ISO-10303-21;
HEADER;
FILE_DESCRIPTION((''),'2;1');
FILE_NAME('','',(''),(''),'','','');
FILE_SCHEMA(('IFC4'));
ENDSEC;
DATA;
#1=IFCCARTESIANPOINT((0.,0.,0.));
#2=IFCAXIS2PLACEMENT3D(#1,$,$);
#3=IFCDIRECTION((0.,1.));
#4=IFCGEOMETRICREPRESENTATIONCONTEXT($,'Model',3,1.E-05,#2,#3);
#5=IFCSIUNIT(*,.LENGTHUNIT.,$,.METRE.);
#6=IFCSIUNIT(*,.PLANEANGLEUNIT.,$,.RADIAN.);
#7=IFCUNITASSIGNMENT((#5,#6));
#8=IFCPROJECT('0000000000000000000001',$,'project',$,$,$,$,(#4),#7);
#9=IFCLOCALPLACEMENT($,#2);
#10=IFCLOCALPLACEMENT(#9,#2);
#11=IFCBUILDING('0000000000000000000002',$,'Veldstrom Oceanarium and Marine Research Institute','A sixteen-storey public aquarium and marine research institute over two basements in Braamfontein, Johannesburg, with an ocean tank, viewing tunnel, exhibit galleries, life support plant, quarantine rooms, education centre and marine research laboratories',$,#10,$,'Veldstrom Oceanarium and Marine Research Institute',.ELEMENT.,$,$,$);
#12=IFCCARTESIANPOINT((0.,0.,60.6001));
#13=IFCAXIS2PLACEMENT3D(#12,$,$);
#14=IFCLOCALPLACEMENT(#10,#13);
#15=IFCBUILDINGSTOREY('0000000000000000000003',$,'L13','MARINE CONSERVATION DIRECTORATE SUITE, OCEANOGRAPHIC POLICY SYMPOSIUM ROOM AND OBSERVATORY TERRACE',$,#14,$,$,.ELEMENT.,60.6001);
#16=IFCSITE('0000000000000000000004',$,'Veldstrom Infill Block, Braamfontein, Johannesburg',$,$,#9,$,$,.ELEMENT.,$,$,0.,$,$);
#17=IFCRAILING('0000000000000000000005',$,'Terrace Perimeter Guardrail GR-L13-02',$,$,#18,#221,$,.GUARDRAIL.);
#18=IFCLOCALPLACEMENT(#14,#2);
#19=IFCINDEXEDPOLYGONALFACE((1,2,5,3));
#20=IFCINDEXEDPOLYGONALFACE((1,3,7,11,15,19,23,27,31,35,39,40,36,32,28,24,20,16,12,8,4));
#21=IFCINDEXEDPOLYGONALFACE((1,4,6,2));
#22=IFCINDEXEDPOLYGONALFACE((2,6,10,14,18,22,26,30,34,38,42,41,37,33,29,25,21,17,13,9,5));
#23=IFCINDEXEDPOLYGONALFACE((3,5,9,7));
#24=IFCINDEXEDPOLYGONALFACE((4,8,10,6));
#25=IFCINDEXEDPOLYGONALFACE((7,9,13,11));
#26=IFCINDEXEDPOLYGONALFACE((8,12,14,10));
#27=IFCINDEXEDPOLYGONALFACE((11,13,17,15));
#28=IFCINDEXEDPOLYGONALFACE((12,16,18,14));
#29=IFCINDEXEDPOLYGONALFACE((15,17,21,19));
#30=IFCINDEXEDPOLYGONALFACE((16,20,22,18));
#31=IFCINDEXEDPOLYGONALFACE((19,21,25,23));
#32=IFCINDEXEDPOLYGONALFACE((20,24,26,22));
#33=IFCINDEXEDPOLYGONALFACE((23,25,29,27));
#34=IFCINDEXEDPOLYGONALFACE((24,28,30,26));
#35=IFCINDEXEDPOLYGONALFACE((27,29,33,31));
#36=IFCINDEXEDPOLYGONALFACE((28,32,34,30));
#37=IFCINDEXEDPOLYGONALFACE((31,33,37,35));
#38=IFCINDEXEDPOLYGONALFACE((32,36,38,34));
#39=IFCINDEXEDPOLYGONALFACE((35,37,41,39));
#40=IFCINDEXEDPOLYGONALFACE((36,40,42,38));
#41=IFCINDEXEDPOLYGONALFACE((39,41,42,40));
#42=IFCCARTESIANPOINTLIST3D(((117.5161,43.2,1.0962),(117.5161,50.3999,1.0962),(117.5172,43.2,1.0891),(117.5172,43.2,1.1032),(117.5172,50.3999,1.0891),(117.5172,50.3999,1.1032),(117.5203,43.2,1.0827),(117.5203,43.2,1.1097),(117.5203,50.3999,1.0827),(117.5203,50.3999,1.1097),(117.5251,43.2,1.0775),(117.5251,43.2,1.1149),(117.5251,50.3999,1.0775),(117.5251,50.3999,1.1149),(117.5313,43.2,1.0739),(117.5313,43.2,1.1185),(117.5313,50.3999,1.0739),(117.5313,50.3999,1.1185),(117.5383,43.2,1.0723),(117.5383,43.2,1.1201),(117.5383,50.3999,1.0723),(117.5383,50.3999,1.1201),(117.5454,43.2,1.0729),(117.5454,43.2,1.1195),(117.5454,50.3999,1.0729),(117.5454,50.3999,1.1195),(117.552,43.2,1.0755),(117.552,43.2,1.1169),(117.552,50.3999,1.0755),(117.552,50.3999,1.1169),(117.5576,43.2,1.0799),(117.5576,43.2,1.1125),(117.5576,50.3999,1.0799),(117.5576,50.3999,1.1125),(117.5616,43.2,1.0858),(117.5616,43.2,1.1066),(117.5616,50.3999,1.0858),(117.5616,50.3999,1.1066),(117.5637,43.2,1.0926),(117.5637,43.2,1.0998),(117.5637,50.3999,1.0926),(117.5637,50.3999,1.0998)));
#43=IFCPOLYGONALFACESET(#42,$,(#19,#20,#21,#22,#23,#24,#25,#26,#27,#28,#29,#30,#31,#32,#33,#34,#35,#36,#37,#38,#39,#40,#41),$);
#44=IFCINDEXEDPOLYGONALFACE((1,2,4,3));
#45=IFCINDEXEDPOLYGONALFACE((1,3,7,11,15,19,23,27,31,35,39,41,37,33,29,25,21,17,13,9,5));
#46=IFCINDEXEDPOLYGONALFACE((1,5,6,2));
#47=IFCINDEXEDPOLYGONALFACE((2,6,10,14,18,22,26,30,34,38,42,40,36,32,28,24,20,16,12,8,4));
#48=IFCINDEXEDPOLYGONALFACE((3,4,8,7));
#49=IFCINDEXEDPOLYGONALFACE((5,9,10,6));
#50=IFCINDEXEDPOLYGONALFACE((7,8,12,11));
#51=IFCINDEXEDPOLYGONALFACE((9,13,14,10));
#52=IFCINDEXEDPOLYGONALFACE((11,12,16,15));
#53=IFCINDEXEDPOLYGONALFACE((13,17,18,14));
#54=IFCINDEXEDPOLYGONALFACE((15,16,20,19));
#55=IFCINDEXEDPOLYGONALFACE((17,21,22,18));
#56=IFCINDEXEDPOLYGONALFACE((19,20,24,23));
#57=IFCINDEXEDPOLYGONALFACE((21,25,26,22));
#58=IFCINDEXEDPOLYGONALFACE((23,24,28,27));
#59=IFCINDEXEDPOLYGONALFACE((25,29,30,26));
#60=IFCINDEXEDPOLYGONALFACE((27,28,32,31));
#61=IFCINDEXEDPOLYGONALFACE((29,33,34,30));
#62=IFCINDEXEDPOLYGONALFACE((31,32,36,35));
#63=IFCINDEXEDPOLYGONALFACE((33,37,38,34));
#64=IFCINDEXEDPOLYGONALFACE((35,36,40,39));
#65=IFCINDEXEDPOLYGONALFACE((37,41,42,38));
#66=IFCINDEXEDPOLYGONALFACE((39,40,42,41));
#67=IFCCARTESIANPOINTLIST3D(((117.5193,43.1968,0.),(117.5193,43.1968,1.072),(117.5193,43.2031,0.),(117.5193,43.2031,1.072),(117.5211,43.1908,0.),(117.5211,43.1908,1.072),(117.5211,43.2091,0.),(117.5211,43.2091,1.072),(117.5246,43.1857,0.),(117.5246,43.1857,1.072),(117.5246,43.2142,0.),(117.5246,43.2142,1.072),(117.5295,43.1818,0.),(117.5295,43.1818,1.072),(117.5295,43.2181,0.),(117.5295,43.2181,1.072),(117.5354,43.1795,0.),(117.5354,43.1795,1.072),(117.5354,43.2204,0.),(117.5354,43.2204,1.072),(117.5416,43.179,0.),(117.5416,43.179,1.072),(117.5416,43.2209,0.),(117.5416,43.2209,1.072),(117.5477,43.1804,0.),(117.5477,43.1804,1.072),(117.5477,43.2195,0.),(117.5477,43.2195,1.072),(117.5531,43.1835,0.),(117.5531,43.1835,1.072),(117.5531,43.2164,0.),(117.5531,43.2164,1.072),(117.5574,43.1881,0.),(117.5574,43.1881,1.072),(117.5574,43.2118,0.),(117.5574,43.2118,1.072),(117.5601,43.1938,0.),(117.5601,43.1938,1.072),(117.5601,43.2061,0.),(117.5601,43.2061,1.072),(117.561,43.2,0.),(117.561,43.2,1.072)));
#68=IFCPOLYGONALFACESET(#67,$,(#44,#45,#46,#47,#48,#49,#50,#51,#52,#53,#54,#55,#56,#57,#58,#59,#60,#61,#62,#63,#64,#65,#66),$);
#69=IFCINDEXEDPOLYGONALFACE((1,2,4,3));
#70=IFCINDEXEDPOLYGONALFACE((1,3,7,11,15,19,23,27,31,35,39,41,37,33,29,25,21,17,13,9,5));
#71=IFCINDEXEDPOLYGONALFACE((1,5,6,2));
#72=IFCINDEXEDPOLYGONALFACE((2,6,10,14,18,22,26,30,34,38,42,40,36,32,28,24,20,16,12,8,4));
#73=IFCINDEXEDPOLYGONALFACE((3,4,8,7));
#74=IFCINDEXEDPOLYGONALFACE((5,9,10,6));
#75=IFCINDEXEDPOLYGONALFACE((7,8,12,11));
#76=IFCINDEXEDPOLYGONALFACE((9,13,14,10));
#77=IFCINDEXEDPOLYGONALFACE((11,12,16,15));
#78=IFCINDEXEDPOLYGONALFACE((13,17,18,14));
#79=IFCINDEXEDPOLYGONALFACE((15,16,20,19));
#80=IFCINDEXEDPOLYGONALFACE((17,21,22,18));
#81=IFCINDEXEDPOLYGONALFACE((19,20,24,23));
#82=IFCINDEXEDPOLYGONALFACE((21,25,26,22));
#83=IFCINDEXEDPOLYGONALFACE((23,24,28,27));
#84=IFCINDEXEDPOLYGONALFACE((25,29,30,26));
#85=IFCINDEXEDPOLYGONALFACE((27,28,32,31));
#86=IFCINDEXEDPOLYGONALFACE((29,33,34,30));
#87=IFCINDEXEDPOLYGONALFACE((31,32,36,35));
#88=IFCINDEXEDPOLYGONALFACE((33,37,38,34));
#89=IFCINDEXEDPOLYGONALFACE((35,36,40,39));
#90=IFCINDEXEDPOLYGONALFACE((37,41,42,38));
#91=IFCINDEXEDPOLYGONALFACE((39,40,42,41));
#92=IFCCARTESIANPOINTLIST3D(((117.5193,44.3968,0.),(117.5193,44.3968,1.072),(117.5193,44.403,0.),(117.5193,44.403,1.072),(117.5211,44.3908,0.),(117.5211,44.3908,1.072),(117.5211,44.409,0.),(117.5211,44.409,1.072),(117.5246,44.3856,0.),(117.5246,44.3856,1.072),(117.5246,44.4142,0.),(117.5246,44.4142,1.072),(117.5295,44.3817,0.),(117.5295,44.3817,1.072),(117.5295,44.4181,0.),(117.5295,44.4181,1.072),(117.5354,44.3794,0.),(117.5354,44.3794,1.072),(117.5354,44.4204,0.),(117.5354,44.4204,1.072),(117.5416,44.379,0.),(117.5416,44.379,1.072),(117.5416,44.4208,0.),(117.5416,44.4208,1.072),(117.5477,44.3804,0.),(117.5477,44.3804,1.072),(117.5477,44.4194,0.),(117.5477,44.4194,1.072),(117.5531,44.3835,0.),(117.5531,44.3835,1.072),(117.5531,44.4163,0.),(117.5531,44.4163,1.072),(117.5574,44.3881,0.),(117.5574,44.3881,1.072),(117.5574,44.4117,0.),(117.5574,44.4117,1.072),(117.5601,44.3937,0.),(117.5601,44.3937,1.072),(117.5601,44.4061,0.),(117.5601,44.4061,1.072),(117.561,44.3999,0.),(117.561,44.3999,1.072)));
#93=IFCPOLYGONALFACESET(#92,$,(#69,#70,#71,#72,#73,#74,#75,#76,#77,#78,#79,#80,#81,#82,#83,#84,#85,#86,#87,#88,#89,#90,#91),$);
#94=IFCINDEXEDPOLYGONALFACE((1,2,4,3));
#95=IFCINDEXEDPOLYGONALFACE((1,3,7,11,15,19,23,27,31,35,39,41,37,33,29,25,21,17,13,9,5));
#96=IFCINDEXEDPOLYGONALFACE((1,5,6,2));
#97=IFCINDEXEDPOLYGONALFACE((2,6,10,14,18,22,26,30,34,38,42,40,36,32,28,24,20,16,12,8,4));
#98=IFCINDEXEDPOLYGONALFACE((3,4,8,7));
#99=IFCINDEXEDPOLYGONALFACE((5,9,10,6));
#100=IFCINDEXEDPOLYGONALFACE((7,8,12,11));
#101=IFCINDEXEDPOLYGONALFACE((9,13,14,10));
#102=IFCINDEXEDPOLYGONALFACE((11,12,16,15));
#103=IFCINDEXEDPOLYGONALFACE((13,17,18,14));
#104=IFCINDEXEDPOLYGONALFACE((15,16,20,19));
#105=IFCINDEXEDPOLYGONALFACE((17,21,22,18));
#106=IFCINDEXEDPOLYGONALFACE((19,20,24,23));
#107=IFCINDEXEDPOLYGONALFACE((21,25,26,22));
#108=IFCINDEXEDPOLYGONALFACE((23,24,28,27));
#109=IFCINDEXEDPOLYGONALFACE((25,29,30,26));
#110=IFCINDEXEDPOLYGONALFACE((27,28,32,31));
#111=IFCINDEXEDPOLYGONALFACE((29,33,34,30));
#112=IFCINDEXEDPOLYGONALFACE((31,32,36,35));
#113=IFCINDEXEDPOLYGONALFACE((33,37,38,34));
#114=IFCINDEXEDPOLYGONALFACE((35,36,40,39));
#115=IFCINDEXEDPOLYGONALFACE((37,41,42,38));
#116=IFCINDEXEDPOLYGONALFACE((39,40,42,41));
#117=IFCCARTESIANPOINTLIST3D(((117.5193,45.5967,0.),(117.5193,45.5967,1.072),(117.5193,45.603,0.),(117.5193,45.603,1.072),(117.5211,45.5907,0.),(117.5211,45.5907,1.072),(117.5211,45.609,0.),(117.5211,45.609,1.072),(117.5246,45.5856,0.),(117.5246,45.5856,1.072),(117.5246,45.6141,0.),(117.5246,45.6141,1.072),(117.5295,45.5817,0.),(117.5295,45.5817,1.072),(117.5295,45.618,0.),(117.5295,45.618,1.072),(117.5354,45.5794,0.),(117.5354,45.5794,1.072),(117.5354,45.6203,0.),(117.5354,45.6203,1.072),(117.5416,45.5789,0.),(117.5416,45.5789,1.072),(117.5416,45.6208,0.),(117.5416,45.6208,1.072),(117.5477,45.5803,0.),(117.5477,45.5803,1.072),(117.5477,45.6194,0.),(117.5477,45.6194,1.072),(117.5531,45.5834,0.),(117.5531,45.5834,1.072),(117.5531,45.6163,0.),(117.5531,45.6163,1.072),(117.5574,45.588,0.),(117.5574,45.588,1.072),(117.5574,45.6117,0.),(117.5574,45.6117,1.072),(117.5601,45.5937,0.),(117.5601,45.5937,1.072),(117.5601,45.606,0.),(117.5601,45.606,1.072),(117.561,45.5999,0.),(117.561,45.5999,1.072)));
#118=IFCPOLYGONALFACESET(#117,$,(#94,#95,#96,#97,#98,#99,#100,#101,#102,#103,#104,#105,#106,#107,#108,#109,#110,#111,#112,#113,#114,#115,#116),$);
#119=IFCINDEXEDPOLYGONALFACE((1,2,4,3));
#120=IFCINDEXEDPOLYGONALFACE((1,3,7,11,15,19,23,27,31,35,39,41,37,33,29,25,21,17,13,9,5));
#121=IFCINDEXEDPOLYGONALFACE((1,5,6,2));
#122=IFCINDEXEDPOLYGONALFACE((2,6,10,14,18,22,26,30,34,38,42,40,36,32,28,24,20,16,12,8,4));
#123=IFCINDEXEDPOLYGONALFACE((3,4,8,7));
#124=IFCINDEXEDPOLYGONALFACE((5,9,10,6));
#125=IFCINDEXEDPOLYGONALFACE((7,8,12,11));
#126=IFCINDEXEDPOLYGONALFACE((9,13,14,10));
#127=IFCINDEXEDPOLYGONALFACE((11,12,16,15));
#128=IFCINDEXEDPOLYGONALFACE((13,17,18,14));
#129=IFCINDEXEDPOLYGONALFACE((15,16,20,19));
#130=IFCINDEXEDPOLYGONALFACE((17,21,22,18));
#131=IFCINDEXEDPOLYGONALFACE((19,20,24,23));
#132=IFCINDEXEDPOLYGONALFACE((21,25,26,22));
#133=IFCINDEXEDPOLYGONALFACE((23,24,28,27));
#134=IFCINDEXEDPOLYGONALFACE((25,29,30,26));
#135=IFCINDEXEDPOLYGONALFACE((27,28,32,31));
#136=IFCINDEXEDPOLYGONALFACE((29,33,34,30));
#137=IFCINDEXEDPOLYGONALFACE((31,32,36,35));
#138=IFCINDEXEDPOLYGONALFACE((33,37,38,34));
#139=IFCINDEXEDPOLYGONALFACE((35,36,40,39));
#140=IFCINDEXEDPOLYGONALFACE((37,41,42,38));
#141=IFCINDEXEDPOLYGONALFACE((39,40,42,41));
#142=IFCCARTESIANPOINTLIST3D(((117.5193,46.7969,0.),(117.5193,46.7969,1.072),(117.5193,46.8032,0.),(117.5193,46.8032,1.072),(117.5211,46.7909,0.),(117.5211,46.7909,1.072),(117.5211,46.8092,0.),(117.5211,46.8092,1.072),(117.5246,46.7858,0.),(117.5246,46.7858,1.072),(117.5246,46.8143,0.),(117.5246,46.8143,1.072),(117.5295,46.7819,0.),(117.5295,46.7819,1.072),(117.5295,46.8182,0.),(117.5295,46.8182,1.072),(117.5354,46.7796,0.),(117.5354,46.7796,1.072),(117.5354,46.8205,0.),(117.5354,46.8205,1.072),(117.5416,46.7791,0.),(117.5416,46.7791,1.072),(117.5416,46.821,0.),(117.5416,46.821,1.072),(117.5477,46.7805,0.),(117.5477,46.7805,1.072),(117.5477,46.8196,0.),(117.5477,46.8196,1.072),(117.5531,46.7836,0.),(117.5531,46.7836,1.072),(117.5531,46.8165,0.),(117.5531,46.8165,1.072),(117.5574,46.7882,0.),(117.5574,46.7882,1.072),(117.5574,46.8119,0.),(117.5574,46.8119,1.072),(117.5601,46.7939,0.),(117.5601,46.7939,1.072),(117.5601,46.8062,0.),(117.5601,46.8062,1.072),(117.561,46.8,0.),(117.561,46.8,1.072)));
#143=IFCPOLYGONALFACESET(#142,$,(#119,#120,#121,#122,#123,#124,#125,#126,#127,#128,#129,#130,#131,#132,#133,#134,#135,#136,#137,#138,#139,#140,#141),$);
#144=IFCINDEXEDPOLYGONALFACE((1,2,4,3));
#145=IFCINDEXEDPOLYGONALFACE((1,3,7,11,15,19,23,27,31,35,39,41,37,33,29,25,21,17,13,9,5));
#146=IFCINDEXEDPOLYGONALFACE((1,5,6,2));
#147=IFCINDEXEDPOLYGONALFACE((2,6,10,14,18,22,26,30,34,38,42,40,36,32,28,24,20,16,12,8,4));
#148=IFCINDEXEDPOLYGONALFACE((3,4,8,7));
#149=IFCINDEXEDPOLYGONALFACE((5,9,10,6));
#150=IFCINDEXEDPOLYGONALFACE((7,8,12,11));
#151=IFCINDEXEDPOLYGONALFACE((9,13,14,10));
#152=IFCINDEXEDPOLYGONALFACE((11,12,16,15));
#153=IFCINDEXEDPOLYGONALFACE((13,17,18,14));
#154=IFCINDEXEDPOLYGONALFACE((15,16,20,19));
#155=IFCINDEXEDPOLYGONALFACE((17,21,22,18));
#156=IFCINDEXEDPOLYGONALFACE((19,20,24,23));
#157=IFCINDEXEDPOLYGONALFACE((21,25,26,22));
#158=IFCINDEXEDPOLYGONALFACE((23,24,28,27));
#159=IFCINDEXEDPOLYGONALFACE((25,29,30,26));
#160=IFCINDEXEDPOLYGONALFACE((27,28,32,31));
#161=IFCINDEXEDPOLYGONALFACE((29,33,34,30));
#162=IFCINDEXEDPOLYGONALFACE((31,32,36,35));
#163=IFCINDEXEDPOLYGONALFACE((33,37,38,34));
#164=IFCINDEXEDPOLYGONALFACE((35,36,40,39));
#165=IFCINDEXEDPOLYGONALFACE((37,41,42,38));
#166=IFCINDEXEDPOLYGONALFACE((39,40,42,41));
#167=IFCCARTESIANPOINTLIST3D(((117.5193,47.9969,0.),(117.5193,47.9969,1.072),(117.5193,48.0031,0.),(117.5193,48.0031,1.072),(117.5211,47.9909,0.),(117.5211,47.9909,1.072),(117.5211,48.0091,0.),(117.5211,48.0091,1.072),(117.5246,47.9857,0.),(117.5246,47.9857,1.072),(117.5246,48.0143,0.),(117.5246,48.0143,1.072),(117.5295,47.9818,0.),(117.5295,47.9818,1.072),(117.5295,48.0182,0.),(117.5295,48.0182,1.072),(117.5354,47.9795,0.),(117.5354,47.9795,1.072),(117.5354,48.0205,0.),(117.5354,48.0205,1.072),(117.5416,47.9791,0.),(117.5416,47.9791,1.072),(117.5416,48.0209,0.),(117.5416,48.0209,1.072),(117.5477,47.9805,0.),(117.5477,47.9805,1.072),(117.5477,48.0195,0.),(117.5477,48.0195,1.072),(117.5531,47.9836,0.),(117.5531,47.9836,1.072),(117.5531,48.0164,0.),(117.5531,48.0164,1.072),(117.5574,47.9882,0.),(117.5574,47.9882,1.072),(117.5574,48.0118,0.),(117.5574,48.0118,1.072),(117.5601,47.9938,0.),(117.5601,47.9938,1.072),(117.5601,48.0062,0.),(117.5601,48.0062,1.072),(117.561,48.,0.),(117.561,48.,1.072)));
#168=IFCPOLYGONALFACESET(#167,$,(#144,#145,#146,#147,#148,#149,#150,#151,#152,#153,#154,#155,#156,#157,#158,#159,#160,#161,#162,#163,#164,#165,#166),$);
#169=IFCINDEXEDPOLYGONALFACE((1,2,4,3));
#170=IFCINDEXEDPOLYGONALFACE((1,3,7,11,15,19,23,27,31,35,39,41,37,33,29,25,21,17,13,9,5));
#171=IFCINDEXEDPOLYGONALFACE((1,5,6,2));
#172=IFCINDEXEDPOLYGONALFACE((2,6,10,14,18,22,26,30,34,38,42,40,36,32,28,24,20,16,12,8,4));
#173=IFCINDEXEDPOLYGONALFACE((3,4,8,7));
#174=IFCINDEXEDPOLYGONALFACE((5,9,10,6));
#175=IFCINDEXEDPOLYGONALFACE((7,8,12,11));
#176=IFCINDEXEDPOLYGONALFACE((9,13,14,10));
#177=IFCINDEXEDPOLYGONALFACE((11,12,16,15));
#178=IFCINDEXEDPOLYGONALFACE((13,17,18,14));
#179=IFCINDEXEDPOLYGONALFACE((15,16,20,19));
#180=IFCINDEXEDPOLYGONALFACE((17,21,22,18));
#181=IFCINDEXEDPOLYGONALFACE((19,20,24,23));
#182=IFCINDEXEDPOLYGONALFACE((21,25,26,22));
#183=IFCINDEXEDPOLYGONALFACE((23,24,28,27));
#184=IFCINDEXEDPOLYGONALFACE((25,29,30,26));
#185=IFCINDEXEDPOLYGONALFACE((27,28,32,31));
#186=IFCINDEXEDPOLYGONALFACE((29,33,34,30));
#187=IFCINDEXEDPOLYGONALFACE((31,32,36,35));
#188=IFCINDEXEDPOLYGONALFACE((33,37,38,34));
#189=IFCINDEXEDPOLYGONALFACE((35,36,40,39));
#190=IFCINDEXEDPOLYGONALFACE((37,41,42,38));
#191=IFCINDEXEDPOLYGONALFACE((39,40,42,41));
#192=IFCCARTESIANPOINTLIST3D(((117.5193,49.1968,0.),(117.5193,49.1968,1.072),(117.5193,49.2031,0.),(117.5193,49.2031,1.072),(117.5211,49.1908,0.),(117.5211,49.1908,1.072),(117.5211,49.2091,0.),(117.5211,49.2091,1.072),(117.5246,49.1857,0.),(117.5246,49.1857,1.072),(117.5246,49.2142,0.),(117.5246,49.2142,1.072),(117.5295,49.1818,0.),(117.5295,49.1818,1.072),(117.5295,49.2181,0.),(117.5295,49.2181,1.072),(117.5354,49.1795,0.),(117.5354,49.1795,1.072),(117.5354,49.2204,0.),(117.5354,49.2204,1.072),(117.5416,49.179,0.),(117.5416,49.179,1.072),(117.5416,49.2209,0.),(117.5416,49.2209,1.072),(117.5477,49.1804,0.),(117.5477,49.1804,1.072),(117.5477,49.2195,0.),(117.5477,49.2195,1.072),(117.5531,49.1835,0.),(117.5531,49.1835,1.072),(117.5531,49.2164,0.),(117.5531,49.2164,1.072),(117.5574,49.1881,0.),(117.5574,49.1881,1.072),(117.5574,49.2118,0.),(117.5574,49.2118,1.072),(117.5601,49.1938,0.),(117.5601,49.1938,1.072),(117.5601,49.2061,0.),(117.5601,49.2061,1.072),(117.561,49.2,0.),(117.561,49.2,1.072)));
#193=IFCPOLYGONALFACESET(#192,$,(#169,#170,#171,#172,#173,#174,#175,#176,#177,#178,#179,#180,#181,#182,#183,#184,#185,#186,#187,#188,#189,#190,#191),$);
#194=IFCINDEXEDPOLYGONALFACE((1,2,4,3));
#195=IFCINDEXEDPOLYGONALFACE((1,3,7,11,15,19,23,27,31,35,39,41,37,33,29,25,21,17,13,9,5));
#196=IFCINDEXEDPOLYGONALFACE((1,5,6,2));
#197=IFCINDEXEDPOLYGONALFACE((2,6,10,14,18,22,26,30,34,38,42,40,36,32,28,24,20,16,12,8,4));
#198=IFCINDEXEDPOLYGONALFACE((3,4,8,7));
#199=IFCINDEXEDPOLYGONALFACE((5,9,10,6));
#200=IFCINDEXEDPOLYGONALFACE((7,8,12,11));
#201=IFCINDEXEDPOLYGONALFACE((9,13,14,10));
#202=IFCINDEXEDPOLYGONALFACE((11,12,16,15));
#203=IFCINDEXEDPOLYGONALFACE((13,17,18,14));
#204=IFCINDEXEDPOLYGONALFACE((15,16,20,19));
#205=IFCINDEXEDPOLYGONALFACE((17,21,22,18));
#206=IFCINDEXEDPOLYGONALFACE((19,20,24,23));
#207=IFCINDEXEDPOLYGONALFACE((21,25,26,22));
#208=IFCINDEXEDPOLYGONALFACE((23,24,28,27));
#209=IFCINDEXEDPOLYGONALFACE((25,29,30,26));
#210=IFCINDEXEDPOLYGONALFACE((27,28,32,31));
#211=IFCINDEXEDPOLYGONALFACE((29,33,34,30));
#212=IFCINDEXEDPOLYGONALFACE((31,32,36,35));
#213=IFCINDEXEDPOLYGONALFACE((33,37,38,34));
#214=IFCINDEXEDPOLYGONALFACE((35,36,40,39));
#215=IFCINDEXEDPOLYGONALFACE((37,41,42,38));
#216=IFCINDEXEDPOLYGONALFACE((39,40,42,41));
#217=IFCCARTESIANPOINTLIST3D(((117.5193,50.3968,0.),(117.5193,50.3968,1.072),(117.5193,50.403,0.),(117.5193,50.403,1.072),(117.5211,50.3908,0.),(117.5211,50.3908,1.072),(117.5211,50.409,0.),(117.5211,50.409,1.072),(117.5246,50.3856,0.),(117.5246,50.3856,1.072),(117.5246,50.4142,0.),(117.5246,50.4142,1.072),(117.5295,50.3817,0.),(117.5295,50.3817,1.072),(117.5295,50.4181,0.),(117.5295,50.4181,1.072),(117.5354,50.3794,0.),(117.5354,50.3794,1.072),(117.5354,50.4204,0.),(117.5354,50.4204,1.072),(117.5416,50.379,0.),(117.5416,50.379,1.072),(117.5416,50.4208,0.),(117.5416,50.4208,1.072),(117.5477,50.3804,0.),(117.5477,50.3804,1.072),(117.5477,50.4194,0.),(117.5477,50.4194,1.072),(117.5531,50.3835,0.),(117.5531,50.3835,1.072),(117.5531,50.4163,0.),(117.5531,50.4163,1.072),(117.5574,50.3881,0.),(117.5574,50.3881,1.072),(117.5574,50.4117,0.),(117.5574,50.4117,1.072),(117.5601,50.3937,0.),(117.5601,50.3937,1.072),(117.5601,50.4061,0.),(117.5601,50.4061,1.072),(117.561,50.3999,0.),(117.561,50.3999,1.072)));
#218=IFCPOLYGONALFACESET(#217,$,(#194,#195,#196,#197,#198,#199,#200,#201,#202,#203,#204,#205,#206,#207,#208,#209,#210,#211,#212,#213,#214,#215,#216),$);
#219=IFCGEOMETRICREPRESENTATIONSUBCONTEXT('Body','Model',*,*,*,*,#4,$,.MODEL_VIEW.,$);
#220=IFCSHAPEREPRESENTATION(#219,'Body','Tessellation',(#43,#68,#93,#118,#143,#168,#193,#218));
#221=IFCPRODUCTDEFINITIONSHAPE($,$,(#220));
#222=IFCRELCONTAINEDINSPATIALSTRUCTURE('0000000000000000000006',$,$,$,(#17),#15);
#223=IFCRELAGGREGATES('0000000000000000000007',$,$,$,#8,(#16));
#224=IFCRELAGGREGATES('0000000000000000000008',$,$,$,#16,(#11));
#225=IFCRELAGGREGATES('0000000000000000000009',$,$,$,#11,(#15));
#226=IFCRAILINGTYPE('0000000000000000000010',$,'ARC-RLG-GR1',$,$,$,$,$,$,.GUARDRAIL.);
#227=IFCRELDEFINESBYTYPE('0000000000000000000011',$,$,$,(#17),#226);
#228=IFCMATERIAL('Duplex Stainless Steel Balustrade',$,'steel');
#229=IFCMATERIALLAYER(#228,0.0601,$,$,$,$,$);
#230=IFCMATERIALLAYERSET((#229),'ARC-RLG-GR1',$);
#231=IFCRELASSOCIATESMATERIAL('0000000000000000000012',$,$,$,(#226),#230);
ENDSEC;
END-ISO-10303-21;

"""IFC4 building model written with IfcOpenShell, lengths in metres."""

from ifc_helpers import new_model, si_unit, direction, frame, origin, origin_2d, place, context, subcontext, project, spatial, circle, extrude, material, layer, layer_set, type_object, element, save


model = new_model("IFC4")

# Units and contexts
model_context = context("Model", 3, precision=1e-05, world=origin(), true_north=direction((0.0, 1.0)))
body_context = subcontext(model_context, "Body", "Model", "MODEL_VIEW")
ifc_project = project(units=[si_unit("LENGTHUNIT", "METRE"), si_unit("PLANEANGLEUNIT", "RADIAN")], contexts=[model_context])

# Site, building, storey
site_placement = place(None, origin())
site = spatial("IfcSite", under=ifc_project, at=site_placement, Name="Veldstrom Infill Block, Braamfontein, Johannesburg", CompositionType="ELEMENT", RefElevation=0.0)
building_placement = place(site_placement, origin())
building = spatial("IfcBuilding", under=site, at=building_placement, Name="Veldstrom Oceanarium and Marine Research Institute", Description="A sixteen-storey public aquarium and marine research institute over two basements in Braamfontein, Johannesburg, with an ocean tank, viewing tunnel, exhibit galleries, life support plant, quarantine rooms, education centre and marine research laboratories", LongName="Veldstrom Oceanarium and Marine Research Institute", CompositionType="ELEMENT")
storey_placement = place(building_placement, frame((0.0, 0.0, 60.6001)))
storey = spatial("IfcBuildingStorey", under=building, at=storey_placement, Name="L13", Description="MARINE CONSERVATION DIRECTORATE SUITE, OCEANOGRAPHIC POLICY SYMPOSIUM ROOM AND OBSERVATORY TERRACE", CompositionType="ELEMENT", Elevation=60.6001)

# Railing
ifc_material_1 = material(Name="Duplex Stainless Steel Balustrade", Category="steel")
ifc_layer_1 = layer(ifc_material_1, 0.0601)
ifc_layer_set_1 = layer_set([ifc_layer_1], Name="ARC-RLG-GR1")
railing_type = type_object("IfcRailingType", Name="ARC-RLG-GR1", PredefinedType="GUARDRAIL", material=ifc_layer_set_1)
railing_1_placement = place(storey_placement, frame((117.54, 43.2, 0.0)))
element("IfcRailing", 1, at=railing_1_placement, inside=storey, type_object=railing_type, Name="Terrace Perimeter Guardrail GR-L13-02", PredefinedType="GUARDRAIL", context=body_context, shape_type="SweptSolid", body=[
    extrude(circle(Radius=0.0239, at=origin_2d()), frame((0.0, 0.0, 1.0962), z_axis=(0.0, 1.0, 0.0), x_axis=(-1.0, 0.0, 0.0)), (0.0, 0.0, 1.0), 7.2),
    extrude(circle(Radius=0.021, at=origin_2d()), origin(), (0.0, 0.0, 1.0), 1.072),
    extrude(circle(Radius=0.021, at=origin_2d()), frame((0.0, 1.2, 0.0)), (0.0, 0.0, 1.0), 1.072),
    extrude(circle(Radius=0.021, at=origin_2d()), frame((0.0, 2.3999, 0.0)), (0.0, 0.0, 1.0), 1.072),
    extrude(circle(Radius=0.021, at=origin_2d()), frame((0.0, 3.6001, 0.0)), (0.0, 0.0, 1.0), 1.072),
    extrude(circle(Radius=0.021, at=origin_2d()), frame((0.0, 4.8, 0.0)), (0.0, 0.0, 1.0), 1.072),
    extrude(circle(Radius=0.021, at=origin_2d()), frame((0.0, 6.0, 0.0)), (0.0, 0.0, 1.0), 1.072),
    extrude(circle(Radius=0.021, at=origin_2d()), frame((0.0, 7.2, 0.0)), (0.0, 0.0, 1.0), 1.072),
])

save(model, "model.ifc")
